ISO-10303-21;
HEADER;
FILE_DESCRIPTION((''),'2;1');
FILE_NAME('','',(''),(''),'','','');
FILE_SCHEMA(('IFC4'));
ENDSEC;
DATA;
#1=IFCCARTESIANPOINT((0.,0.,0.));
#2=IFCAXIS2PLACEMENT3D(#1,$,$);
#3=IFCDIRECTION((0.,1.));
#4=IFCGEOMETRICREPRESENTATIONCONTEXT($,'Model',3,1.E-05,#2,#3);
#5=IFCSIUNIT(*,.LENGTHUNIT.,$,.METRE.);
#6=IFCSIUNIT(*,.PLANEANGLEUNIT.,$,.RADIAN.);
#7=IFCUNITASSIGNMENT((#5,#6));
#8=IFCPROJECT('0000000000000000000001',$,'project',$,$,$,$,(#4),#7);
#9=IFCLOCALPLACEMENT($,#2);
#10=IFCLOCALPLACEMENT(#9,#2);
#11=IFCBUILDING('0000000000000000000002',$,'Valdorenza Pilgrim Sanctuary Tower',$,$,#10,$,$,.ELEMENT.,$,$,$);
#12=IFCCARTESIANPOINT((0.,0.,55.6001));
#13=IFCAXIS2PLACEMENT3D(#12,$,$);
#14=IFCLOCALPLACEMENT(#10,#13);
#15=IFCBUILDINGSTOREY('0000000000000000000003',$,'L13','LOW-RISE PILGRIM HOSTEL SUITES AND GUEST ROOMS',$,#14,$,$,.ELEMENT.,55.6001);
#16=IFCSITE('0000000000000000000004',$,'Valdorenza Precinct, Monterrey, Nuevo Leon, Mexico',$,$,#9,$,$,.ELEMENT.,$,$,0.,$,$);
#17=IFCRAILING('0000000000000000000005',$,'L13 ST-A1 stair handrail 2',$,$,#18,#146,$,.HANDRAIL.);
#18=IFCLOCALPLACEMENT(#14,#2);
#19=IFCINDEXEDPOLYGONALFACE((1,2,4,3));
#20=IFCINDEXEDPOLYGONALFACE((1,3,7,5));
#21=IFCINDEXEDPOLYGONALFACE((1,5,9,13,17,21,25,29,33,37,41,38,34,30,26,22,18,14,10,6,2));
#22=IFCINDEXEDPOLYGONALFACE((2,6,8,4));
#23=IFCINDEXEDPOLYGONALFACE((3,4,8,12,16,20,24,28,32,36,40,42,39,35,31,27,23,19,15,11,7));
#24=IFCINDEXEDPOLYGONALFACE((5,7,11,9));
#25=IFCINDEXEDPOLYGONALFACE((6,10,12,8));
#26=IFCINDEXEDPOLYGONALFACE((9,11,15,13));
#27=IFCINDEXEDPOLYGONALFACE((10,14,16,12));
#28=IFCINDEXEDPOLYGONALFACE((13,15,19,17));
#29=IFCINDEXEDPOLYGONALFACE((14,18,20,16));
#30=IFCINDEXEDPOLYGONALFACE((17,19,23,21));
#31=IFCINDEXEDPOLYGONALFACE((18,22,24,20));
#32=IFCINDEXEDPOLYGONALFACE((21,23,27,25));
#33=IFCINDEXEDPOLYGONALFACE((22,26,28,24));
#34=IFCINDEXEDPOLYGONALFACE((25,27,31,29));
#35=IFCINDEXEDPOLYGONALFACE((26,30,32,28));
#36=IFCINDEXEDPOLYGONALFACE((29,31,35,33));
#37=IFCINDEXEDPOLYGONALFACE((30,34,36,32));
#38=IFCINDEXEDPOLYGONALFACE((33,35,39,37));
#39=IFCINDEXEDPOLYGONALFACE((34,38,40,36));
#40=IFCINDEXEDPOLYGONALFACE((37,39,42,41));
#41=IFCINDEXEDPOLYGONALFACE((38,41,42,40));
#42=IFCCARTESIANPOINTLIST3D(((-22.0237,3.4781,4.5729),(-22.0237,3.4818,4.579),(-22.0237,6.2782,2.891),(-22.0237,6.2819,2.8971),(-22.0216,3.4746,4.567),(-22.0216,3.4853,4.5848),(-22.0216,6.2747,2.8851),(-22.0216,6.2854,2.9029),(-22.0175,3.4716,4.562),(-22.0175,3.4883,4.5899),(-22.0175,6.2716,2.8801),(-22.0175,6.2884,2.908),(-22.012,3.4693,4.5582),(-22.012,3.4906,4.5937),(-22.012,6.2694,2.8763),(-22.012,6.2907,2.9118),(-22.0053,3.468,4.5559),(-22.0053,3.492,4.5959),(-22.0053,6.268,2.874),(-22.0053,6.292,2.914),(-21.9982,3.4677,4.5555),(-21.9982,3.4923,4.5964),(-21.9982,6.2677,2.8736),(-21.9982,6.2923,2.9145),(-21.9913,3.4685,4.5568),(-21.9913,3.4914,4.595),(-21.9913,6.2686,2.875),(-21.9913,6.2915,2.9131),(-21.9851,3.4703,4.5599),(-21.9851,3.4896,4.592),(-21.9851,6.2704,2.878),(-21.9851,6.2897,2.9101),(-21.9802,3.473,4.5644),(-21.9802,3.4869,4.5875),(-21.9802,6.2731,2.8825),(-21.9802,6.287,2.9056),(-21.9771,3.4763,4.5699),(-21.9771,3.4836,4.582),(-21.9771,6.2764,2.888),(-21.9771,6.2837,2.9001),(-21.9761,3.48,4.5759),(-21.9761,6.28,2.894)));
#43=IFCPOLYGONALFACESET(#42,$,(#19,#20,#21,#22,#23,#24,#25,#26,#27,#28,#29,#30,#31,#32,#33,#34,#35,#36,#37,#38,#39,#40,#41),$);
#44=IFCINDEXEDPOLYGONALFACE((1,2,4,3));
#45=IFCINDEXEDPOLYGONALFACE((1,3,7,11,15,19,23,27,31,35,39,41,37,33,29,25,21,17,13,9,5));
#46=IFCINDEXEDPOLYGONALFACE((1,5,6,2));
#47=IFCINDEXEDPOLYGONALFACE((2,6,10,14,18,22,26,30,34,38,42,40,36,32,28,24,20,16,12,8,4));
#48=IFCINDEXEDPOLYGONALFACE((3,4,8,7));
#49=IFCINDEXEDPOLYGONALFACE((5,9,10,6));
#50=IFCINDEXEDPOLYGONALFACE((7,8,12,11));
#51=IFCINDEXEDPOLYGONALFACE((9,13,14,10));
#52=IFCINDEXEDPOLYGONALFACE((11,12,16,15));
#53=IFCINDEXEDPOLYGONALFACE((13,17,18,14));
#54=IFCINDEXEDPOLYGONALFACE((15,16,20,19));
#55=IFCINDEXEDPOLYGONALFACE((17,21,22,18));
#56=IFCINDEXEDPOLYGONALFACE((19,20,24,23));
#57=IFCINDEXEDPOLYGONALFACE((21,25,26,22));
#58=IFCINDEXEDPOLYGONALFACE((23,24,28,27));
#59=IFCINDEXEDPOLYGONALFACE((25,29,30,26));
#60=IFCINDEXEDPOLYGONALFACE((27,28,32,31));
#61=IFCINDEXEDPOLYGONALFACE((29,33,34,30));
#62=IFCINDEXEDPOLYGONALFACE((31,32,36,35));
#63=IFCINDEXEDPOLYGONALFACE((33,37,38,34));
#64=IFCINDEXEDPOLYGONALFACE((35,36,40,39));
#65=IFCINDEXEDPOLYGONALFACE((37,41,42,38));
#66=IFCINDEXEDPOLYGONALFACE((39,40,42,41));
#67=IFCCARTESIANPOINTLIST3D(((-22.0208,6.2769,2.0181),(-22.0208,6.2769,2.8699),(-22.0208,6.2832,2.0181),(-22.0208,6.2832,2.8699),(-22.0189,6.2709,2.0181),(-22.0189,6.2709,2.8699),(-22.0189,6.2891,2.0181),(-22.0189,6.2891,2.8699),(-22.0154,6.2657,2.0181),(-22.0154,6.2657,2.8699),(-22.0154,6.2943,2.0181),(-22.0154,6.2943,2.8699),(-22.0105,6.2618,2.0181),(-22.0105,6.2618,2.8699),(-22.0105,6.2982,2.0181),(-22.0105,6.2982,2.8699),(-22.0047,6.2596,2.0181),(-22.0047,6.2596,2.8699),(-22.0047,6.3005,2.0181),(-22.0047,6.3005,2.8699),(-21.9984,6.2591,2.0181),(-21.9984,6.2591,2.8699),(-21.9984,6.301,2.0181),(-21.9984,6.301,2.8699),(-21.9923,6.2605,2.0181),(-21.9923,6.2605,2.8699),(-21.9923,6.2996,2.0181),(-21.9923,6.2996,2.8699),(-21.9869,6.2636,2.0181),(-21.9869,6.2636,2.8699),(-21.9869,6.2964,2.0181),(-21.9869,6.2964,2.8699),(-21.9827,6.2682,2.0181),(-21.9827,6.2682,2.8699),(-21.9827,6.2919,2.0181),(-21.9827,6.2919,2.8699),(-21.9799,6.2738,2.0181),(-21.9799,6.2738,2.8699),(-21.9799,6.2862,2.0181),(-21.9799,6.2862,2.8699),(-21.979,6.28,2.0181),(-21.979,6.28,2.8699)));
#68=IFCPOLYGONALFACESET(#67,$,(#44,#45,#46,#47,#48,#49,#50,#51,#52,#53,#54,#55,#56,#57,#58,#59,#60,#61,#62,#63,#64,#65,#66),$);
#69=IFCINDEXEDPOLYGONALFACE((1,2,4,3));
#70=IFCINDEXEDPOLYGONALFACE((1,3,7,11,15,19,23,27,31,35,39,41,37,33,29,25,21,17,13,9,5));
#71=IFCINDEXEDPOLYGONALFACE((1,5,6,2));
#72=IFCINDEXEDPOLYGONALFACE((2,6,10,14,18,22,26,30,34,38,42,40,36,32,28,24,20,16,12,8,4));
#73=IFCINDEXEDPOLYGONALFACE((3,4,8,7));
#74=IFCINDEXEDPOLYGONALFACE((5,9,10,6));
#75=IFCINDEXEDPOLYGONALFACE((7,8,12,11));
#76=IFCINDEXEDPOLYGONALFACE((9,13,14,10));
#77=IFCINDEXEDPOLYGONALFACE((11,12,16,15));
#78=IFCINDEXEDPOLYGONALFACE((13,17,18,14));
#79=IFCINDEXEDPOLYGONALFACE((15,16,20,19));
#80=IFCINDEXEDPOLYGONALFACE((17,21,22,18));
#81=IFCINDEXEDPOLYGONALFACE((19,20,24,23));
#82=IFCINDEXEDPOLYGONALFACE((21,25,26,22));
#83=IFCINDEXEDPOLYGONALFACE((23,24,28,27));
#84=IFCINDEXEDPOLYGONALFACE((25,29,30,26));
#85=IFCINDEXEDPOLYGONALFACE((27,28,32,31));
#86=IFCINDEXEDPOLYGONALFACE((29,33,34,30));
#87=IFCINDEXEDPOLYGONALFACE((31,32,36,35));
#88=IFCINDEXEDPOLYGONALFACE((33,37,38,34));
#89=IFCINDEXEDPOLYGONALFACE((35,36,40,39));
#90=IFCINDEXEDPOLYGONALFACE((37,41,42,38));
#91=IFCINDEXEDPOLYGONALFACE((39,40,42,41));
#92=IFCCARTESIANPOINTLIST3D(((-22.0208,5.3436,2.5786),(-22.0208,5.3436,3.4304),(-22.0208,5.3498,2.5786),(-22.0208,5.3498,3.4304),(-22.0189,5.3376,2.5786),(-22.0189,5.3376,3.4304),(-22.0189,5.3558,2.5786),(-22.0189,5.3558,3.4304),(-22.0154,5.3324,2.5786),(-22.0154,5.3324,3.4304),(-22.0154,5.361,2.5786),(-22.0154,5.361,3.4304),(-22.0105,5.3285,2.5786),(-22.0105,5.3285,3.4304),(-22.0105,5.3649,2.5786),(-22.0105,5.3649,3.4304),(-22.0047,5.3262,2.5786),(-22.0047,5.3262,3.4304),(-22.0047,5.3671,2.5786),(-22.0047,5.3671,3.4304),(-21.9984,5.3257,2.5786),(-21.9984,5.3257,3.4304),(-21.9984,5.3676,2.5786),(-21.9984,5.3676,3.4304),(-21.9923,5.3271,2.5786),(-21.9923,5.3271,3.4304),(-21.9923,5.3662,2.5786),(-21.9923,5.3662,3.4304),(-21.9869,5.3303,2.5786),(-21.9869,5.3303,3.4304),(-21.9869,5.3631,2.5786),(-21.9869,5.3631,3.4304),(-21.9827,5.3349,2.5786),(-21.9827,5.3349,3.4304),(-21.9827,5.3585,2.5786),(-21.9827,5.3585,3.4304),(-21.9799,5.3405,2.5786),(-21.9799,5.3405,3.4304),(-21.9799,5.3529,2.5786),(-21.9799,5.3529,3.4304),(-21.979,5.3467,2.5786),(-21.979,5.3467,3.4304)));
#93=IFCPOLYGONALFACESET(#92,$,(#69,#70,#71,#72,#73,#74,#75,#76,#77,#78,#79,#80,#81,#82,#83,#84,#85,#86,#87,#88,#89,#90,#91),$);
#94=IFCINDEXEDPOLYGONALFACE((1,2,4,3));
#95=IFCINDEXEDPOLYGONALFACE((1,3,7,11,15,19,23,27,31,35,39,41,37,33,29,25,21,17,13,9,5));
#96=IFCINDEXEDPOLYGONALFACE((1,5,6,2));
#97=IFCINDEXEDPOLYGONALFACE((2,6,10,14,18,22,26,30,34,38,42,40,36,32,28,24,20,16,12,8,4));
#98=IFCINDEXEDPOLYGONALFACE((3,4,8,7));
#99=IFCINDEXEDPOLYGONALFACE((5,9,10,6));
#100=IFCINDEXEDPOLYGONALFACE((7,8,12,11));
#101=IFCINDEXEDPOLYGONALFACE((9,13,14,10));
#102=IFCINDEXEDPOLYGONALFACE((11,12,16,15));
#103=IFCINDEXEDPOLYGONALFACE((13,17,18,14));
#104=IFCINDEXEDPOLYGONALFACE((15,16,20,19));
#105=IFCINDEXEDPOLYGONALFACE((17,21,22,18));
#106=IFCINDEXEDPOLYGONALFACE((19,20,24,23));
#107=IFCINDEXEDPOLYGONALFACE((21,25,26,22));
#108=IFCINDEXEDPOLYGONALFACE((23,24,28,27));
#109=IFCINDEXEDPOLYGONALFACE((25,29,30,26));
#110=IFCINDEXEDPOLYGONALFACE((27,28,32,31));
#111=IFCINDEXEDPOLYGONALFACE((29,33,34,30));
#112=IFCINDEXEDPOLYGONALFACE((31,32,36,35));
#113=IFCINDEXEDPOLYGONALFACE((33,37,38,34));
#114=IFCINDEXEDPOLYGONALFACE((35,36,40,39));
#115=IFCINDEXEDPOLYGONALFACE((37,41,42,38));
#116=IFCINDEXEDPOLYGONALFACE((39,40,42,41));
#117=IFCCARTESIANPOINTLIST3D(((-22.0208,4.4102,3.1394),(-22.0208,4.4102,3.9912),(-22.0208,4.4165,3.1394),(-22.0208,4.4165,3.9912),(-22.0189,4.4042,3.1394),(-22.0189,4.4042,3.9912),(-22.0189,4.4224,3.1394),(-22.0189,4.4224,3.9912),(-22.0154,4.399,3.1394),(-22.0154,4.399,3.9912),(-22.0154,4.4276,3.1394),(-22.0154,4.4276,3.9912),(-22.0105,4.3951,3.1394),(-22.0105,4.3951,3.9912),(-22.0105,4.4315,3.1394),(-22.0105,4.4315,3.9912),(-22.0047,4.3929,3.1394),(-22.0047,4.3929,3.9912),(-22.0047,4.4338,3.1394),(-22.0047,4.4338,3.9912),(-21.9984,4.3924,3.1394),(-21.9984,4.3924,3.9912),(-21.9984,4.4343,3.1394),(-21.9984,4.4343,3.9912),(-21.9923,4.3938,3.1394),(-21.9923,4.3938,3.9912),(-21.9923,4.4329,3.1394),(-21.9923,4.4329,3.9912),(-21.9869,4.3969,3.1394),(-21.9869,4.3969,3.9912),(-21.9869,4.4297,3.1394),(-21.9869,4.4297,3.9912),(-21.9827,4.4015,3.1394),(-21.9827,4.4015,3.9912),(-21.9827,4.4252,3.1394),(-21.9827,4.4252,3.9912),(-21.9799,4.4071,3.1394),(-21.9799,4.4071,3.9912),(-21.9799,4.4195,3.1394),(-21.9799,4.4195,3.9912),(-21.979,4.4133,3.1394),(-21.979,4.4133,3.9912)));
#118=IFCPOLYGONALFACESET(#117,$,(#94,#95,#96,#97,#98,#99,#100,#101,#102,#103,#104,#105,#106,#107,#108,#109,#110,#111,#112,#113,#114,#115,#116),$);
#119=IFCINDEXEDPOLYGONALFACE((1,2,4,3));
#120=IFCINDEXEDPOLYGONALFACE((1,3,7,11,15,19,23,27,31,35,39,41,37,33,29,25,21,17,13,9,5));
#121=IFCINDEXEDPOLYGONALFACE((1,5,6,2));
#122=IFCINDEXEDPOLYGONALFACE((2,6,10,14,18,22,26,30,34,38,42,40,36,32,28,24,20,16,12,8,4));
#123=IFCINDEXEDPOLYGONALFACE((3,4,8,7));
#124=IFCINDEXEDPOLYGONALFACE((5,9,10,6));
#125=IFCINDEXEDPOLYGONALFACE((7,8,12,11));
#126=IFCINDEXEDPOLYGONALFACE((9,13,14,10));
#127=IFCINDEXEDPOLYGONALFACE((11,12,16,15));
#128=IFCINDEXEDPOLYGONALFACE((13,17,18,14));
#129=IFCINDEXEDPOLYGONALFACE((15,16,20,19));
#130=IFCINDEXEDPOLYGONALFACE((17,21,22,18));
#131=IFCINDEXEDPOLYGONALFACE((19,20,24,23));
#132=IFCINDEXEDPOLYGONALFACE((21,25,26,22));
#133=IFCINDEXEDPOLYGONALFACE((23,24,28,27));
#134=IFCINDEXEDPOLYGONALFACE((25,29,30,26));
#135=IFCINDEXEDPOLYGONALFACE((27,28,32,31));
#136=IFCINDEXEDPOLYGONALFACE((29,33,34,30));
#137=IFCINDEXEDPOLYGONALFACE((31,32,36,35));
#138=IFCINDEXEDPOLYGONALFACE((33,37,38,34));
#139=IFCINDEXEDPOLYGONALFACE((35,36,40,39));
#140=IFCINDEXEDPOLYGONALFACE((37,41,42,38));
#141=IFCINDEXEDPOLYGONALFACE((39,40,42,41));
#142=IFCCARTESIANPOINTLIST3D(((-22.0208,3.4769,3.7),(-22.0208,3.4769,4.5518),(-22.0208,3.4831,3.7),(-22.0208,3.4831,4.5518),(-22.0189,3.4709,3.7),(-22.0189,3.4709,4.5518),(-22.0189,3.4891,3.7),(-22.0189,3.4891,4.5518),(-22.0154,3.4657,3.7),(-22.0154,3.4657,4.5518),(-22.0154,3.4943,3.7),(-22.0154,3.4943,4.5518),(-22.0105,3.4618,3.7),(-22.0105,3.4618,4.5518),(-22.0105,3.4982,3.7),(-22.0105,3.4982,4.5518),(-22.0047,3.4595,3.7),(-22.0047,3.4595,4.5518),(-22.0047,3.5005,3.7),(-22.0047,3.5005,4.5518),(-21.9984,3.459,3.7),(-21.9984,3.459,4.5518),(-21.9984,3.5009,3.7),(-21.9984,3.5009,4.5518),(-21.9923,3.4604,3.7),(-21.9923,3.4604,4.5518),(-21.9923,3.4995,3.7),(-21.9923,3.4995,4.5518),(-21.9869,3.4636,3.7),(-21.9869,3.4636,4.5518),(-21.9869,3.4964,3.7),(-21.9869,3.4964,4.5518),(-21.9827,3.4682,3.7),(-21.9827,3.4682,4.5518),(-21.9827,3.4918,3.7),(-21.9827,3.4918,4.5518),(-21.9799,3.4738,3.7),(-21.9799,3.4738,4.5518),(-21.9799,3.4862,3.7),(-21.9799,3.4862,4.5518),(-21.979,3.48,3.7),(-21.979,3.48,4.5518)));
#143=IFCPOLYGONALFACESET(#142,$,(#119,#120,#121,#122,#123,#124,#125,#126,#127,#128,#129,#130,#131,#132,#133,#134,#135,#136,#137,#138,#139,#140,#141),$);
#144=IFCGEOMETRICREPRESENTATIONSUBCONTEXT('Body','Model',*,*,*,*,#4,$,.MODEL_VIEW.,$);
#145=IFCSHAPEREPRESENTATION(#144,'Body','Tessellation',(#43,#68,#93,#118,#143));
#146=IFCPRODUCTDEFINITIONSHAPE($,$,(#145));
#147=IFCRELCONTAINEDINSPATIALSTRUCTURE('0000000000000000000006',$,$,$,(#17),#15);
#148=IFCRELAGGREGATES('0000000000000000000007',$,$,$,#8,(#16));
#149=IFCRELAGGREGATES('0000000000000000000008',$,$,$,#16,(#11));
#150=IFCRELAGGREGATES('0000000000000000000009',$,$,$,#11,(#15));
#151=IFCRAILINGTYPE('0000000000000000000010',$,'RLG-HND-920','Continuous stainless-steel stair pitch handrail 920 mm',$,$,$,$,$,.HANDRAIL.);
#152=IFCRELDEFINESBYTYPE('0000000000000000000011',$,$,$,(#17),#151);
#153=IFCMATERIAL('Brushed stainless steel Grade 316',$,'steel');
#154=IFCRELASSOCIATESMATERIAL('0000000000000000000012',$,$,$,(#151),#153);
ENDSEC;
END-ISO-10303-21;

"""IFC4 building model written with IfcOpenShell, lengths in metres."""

from ifc_helpers import new_model, si_unit, direction, frame, origin, origin_2d, place, context, subcontext, project, spatial, circle, extrude, material, type_object, element, save


model = new_model("IFC4")

# Units and contexts
model_context = context("Model", 3, precision=1e-05, world=origin(), true_north=direction((0.0, 1.0)))
body_context = subcontext(model_context, "Body", "Model", "MODEL_VIEW")
ifc_project = project(units=[si_unit("LENGTHUNIT", "METRE"), si_unit("PLANEANGLEUNIT", "RADIAN")], contexts=[model_context])

# Site, building, storey
site_placement = place(None, origin())
site = spatial("IfcSite", under=ifc_project, at=site_placement, Name="Valdorenza Precinct, Monterrey, Nuevo Leon, Mexico", CompositionType="ELEMENT", RefElevation=0.0)
building_placement = place(site_placement, origin())
building = spatial("IfcBuilding", under=site, at=building_placement, Name="Valdorenza Pilgrim Sanctuary Tower", CompositionType="ELEMENT")
storey_placement = place(building_placement, frame((0.0, 0.0, 55.6001)))
storey = spatial("IfcBuildingStorey", under=building, at=storey_placement, Name="L13", Description="LOW-RISE PILGRIM HOSTEL SUITES AND GUEST ROOMS", CompositionType="ELEMENT", Elevation=55.6001)

# Shared definitions
ifc_material_1 = material(Name="Brushed stainless steel Grade 316", Category="steel")

# Railing
railing_type_1 = type_object("IfcRailingType", Name="RLG-HND-920", Description="Continuous stainless-steel stair pitch handrail 920 mm", PredefinedType="HANDRAIL", material=ifc_material_1)
railing_1_placement = place(storey_placement, frame((-22.0, 6.28, 2.0181)))
element("IfcRailing", 1, at=railing_1_placement, inside=storey, type_object=railing_type_1, Name="L13 ST-A1 stair handrail 2", PredefinedType="HANDRAIL", context=body_context, shape_type="SweptSolid", body=[
    extrude(circle(Radius=0.0239, at=origin_2d()), frame((0.0, 0.0, 0.876), z_axis=(0.0, -0.857242, 0.514913), x_axis=(1.0, 0.0, 0.0)), (0.0, 0.0, 1.0), 3.2664),
    extrude(circle(Radius=0.021, at=origin_2d()), origin(), (0.0, 0.0, 1.0), 0.8518),
    extrude(circle(Radius=0.021, at=origin_2d()), frame((0.0, -0.9333, 0.5605)), (0.0, 0.0, 1.0), 0.8518),
    extrude(circle(Radius=0.021, at=origin_2d()), frame((0.0, -1.8667, 1.1213)), (0.0, 0.0, 1.0), 0.8518),
    extrude(circle(Radius=0.021, at=origin_2d()), frame((0.0, -2.8, 1.6819)), (0.0, 0.0, 1.0), 0.8518),
])

save(model, "model.ifc")
